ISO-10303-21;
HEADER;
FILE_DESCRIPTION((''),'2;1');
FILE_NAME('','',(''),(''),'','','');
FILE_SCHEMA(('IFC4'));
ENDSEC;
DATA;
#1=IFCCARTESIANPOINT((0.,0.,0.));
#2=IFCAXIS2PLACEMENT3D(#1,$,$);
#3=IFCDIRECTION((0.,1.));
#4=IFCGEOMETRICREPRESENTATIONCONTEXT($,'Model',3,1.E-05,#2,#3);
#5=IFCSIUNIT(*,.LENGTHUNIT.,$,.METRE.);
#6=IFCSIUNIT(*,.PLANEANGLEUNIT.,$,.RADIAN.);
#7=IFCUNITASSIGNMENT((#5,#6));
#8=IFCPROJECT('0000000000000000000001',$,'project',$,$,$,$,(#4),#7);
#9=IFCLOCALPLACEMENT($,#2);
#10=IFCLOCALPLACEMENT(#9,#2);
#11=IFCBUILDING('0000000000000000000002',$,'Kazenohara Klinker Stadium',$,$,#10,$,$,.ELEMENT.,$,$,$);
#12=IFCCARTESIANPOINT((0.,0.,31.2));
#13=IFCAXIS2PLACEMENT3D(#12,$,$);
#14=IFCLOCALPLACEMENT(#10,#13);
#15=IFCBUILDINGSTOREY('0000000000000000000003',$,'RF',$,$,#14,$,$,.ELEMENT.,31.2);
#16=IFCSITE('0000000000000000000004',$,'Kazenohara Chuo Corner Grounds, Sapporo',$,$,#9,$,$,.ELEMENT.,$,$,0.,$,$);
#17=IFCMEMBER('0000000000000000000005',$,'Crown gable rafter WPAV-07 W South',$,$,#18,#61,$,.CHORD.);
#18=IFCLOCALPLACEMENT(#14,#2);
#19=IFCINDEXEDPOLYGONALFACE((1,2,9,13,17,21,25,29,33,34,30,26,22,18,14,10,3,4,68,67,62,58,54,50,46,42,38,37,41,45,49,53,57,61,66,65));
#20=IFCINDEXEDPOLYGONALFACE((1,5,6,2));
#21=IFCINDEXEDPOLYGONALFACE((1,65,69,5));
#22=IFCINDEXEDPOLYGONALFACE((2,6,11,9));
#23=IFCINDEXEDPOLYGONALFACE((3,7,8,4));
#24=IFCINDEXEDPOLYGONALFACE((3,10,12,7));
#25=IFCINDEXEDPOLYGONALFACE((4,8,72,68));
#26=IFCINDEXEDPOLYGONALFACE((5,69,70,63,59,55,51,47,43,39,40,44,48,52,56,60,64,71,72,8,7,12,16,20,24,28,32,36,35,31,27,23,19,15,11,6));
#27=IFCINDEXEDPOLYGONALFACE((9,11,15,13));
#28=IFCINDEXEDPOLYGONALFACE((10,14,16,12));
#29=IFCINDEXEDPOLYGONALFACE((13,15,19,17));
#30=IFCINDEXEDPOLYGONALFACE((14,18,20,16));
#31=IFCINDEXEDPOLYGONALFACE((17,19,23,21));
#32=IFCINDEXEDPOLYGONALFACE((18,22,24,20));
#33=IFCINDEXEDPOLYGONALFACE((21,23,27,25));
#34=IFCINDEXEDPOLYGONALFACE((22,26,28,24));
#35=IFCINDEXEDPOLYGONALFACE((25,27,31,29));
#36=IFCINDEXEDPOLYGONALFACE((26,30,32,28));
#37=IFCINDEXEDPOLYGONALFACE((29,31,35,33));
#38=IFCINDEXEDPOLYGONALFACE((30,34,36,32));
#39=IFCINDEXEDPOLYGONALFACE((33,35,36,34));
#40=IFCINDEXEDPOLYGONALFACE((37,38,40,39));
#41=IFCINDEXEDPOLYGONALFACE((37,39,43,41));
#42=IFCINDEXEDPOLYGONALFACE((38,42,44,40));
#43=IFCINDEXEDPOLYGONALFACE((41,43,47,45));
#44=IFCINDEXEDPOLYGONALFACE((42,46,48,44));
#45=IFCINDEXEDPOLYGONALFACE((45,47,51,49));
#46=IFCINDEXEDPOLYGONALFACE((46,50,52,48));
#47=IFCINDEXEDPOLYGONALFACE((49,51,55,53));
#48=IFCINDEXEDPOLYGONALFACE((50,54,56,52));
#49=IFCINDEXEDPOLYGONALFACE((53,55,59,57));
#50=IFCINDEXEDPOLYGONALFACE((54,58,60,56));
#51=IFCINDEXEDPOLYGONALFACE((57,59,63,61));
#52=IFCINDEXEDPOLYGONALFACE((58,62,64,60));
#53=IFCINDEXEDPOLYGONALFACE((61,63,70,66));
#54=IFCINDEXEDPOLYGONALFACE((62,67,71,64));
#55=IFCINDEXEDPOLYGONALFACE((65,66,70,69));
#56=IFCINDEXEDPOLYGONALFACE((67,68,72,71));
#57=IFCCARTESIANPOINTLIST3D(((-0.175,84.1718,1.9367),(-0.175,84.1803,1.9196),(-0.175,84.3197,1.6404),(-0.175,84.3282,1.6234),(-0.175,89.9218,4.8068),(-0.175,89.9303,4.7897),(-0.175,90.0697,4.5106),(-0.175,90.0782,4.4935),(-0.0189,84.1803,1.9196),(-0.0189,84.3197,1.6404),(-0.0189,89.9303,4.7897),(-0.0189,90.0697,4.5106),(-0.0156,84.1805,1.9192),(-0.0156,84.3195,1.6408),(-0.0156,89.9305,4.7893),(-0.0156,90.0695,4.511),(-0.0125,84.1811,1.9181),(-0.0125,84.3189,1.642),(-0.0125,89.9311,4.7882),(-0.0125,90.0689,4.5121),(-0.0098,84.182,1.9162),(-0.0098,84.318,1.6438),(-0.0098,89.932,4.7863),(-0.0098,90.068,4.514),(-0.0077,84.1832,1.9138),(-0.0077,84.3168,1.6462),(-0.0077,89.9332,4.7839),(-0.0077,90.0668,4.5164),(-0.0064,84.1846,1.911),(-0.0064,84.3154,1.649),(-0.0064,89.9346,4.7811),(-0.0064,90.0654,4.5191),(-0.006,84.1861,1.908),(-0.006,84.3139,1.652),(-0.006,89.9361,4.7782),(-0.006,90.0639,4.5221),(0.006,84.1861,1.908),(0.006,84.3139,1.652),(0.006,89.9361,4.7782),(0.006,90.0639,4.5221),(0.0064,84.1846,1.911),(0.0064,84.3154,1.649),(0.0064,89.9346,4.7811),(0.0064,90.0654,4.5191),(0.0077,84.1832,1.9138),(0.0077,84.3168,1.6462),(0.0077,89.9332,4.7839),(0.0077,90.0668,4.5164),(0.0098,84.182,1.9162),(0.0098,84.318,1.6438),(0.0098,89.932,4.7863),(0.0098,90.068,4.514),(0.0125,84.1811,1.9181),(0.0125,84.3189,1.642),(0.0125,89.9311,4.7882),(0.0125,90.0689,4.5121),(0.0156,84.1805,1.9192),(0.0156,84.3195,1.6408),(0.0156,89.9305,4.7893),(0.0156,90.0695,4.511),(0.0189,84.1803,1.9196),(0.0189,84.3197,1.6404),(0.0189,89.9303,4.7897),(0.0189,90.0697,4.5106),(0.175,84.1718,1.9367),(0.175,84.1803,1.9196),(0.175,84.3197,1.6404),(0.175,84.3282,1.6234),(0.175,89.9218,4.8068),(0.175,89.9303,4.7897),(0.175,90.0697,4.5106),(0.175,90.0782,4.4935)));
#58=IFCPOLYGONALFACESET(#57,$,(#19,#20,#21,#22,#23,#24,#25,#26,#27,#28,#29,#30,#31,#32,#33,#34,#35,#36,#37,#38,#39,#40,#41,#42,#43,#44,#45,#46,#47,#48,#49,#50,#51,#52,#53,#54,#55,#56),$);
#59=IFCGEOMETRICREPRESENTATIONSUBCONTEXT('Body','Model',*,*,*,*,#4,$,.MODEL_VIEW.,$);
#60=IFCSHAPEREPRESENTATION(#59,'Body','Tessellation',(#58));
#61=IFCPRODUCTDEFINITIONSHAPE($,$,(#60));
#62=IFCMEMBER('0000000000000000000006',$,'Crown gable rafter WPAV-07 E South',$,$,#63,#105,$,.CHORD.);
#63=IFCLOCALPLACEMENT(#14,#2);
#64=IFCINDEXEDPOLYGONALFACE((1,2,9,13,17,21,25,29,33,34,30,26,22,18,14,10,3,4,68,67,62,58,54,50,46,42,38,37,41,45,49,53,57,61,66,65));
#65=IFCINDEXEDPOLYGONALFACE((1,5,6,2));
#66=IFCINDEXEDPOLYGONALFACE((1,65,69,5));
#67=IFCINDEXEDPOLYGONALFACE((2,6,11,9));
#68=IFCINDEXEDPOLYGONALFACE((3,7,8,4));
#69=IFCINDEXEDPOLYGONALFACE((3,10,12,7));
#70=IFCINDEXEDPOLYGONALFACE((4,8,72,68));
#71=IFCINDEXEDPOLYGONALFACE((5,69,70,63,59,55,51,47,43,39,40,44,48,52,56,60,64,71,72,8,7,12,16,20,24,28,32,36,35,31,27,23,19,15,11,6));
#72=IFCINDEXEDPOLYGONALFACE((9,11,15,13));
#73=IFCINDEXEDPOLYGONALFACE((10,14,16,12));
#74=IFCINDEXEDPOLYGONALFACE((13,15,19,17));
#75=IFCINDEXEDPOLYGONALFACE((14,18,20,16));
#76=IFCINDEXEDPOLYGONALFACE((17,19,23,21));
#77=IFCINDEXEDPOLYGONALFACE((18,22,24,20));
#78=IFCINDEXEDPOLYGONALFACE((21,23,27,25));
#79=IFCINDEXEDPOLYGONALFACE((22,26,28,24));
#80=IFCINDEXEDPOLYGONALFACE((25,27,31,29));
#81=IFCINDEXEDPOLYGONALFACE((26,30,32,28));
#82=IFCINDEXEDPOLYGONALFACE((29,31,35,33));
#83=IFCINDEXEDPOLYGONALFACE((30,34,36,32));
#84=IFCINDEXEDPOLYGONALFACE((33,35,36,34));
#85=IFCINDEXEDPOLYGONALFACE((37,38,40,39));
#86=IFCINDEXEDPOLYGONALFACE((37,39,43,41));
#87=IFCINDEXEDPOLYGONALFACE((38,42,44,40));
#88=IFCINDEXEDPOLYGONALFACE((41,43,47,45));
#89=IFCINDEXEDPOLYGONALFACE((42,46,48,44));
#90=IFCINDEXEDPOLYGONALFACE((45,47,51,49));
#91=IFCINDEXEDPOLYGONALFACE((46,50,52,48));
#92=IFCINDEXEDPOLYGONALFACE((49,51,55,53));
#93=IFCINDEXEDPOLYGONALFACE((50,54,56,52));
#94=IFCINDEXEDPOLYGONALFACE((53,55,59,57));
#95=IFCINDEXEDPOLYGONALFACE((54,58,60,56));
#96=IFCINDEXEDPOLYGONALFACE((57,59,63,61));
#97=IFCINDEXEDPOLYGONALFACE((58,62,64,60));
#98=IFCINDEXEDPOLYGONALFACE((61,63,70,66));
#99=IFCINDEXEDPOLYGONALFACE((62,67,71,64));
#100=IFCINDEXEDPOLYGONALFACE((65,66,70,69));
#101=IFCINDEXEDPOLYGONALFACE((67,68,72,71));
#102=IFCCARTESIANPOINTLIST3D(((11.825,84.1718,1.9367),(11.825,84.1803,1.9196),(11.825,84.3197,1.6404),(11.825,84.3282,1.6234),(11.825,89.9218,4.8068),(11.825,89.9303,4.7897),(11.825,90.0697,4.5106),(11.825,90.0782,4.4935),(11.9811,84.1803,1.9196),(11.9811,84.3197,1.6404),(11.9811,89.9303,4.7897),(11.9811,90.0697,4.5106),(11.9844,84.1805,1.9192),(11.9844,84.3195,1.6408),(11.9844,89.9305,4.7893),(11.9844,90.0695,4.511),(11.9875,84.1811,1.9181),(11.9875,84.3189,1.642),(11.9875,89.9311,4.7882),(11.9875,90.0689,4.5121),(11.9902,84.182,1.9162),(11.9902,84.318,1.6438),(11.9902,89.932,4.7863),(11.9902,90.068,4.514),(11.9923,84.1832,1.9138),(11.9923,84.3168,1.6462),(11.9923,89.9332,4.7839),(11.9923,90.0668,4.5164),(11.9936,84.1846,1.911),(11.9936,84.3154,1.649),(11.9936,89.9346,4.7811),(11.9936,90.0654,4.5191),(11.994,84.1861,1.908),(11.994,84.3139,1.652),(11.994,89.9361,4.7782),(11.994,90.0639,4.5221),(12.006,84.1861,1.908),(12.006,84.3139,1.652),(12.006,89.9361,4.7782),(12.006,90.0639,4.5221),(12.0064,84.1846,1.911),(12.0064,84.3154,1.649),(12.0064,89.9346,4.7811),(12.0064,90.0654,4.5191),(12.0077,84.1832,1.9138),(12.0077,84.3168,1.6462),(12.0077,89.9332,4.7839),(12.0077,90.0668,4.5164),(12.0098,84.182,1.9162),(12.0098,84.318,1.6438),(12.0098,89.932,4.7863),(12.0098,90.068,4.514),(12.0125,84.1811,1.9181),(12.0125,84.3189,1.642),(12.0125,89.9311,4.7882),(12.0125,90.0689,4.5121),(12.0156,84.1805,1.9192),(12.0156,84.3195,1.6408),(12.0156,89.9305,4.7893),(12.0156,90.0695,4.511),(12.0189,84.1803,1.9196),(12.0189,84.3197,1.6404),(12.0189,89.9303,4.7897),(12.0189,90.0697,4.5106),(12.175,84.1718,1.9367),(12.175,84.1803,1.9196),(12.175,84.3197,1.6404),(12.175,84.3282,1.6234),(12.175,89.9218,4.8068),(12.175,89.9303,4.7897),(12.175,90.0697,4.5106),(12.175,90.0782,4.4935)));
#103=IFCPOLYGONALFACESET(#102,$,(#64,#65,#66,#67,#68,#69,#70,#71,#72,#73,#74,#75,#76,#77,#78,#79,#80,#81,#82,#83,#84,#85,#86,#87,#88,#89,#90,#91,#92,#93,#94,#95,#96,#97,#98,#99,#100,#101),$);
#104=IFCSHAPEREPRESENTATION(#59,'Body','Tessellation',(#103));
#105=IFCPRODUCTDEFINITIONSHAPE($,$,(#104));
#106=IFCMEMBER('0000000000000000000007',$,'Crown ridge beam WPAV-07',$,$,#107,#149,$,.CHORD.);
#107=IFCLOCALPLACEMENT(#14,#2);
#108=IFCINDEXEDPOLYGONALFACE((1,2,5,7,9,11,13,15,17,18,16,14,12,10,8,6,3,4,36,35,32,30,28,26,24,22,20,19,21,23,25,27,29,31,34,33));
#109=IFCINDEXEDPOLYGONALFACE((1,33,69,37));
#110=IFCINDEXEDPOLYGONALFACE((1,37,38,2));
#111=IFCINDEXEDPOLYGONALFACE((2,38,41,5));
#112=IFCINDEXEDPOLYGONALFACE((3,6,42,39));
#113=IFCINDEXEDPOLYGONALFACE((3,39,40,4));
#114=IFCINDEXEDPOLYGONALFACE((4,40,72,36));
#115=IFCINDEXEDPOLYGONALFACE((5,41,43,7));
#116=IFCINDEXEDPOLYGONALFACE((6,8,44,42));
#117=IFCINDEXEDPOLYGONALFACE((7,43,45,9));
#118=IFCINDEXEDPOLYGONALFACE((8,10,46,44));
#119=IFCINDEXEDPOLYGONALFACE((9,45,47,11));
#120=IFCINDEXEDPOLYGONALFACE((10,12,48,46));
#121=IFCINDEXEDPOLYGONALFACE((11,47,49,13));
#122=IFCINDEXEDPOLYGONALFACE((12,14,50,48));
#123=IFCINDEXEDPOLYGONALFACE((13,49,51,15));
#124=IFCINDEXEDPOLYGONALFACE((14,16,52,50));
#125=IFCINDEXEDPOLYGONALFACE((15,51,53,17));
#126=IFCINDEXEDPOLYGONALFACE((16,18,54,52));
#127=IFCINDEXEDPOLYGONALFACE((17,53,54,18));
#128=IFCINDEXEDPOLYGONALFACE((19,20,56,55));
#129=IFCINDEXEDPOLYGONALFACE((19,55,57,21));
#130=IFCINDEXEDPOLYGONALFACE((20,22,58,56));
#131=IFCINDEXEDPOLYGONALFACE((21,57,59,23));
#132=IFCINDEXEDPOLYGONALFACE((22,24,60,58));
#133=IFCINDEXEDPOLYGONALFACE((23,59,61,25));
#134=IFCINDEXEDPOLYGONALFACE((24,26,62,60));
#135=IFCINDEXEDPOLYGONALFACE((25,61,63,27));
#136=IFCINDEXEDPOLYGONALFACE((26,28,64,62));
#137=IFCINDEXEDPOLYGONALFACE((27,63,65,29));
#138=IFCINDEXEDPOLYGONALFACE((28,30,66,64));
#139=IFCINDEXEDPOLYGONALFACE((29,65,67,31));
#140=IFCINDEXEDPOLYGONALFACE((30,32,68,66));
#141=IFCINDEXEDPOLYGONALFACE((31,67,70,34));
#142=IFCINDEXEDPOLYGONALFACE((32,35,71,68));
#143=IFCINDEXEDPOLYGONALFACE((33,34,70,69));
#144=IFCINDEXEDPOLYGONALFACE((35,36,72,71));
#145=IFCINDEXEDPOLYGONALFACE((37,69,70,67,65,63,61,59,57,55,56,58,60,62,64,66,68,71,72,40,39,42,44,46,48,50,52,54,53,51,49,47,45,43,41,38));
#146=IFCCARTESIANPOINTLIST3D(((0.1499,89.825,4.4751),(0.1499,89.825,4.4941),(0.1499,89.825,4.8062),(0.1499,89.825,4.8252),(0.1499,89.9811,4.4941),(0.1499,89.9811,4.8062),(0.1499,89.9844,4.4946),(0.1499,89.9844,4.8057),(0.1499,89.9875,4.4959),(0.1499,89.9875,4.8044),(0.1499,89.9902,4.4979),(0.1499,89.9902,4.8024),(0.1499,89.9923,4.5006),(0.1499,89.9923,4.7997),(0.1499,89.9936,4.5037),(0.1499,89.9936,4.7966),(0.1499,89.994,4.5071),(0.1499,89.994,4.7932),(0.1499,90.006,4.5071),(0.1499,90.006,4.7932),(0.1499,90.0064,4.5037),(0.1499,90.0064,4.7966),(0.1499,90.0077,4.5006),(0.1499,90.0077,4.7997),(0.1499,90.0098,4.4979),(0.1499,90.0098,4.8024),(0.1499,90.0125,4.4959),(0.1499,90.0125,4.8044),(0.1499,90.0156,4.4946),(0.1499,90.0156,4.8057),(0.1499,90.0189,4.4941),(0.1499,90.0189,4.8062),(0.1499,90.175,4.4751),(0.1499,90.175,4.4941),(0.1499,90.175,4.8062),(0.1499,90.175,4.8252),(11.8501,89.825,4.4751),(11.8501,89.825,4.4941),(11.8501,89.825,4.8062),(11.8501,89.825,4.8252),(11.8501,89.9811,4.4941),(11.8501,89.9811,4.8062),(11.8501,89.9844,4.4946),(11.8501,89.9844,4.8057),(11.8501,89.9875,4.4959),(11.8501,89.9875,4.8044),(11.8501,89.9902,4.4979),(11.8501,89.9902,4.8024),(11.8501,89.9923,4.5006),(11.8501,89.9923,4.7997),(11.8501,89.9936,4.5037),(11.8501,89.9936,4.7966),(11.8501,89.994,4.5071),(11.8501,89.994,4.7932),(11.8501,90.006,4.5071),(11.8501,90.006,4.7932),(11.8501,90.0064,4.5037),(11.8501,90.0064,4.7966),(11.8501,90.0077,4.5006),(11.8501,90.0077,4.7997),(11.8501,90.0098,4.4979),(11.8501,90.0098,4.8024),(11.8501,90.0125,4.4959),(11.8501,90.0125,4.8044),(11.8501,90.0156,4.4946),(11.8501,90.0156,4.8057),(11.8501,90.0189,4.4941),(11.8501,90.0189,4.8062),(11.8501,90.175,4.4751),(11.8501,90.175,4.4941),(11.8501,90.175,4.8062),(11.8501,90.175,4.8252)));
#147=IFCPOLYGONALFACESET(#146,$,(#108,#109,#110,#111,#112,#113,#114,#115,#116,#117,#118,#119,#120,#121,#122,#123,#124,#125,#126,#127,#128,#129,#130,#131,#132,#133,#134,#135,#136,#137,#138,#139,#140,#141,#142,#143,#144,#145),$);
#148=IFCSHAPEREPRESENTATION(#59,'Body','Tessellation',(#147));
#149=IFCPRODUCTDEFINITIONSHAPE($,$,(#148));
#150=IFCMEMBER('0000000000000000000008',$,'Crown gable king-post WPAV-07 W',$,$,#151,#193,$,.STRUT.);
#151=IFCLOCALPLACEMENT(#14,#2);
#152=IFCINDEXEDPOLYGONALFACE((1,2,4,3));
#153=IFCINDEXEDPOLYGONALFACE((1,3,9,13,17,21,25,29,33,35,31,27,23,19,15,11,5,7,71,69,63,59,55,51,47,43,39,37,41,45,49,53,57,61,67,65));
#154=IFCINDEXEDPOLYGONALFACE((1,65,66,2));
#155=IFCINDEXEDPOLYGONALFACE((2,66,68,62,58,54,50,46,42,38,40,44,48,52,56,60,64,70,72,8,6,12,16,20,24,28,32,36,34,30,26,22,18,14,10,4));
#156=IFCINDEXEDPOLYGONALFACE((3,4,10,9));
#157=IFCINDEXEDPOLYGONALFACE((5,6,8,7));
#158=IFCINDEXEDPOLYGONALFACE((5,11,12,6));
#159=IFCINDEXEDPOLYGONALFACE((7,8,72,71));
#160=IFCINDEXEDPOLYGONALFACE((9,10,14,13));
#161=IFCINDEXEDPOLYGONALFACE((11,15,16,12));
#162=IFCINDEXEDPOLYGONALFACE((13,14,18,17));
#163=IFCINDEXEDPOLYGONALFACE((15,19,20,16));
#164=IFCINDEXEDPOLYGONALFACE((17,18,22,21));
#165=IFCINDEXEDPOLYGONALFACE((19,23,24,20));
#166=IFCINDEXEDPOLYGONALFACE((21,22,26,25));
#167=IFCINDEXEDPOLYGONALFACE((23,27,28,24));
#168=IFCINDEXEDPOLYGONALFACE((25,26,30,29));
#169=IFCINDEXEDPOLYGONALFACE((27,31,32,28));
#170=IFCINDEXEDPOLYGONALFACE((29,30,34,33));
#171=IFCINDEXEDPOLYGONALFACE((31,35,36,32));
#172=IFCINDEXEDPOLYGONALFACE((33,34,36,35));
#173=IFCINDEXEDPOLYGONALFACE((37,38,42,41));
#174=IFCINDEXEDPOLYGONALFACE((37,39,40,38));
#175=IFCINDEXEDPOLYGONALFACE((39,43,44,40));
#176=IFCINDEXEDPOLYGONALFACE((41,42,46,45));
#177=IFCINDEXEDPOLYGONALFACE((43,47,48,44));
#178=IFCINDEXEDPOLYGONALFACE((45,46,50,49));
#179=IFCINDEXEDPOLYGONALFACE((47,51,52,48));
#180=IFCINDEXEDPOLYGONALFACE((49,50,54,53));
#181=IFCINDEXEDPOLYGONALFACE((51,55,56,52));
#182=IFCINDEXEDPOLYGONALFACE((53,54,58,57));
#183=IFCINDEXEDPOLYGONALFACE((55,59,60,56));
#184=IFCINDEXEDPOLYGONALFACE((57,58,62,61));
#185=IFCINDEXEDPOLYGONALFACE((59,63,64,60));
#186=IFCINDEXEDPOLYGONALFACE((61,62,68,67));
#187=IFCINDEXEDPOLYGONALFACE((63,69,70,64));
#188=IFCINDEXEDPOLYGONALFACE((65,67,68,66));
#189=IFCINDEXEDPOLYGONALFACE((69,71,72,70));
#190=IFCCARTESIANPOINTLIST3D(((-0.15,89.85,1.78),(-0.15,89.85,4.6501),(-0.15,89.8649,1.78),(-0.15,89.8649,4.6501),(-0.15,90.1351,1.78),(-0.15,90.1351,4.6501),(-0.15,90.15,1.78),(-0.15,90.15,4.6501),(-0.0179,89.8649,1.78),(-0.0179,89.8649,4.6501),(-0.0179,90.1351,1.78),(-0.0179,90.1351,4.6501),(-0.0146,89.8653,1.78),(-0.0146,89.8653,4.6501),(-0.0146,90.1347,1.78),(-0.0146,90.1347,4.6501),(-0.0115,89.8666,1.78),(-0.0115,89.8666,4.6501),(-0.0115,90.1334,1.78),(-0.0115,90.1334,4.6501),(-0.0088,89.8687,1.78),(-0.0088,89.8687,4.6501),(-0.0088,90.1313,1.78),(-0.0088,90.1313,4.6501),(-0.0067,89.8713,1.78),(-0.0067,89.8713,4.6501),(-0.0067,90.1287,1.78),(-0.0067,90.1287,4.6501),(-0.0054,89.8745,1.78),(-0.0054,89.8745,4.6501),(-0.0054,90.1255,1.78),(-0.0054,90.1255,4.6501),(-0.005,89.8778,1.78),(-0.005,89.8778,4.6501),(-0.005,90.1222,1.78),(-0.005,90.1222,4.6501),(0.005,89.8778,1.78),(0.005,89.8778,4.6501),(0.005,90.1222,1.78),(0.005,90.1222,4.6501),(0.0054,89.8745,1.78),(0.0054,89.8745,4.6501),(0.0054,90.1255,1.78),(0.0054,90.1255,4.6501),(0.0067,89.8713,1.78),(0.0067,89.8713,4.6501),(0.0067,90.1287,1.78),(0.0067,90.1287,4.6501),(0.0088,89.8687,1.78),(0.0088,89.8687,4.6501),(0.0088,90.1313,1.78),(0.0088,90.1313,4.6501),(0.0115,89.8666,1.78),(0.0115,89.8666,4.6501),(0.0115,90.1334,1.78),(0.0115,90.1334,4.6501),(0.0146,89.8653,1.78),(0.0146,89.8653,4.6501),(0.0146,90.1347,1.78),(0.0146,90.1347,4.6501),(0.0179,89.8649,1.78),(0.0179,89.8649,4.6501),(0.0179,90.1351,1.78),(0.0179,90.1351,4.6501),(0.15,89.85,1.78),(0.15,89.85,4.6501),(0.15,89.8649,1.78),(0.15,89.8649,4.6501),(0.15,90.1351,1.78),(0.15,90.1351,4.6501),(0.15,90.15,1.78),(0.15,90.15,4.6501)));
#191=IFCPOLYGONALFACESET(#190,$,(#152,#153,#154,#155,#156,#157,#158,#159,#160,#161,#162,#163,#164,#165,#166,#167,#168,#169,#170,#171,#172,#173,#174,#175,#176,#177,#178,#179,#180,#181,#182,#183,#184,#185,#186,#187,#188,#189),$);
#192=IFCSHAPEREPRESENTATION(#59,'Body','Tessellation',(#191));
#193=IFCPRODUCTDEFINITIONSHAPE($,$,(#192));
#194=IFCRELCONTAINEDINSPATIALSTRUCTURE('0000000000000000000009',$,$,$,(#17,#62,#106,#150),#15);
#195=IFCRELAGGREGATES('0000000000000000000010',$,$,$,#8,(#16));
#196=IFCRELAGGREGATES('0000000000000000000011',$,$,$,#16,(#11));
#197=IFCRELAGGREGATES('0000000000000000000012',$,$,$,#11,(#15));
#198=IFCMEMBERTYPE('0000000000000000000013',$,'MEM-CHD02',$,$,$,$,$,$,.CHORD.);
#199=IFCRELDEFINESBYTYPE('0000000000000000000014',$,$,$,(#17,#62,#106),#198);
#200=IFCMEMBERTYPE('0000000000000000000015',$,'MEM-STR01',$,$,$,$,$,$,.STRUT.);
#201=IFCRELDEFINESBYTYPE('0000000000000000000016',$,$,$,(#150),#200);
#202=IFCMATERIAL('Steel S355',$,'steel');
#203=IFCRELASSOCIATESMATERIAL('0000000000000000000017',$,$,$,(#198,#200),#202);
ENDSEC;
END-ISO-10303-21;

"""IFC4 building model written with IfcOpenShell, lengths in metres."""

from ifc_helpers import new_model, si_unit, direction, frame, origin, origin_2d, place, context, subcontext, project, spatial, i_section, extrude, material, material_profile, profile_set, type_object, element, save


model = new_model("IFC4")

# Units and contexts
model_context = context("Model", 3, precision=1e-05, world=origin(), true_north=direction((0.0, 1.0)))
body_context = subcontext(model_context, "Body", "Model", "MODEL_VIEW")
ifc_project = project(units=[si_unit("LENGTHUNIT", "METRE"), si_unit("PLANEANGLEUNIT", "RADIAN")], contexts=[model_context])

# Site, building, storey
site_placement = place(None, origin())
site = spatial("IfcSite", under=ifc_project, at=site_placement, Name="Kazenohara Chuo Corner Grounds, Sapporo", CompositionType="ELEMENT", RefElevation=0.0)
building_placement = place(site_placement, origin())
building = spatial("IfcBuilding", under=site, at=building_placement, Name="Kazenohara Klinker Stadium", CompositionType="ELEMENT")
storey_placement = place(building_placement, frame((0.0, 0.0, 31.2)))
storey = spatial("IfcBuildingStorey", under=building, at=storey_placement, Name="RF", CompositionType="ELEMENT", Elevation=31.2)

# Members
ifc_material_1 = material(Name="Steel S355", Category="steel")
ifc_material_profile_1 = material_profile(ifc_material_1, i_section(OverallWidth=0.3501, OverallDepth=0.3501, WebThickness=0.012, FlangeThickness=0.019, FilletRadius=0.0129, at=origin_2d()), Name="H-350x350x12x19")
ifc_profile_set_1 = profile_set([ifc_material_profile_1], Name="Steel S355")
member_type_1 = type_object("IfcMemberType", Name="MEM-CHD02", PredefinedType="CHORD", material=ifc_profile_set_1)
for number, where, z_axis, x_axis, name in (
    (1, (0.0, 84.25, 1.78), (0.0, 0.894731, 0.446606), (-1.0, 0.0, 0.0), "Crown gable rafter WPAV-07 W South"),
    (2, (12.0, 84.25, 1.78), (0.0, 0.894731, 0.446606), (-1.0, 0.0, 0.0), "Crown gable rafter WPAV-07 E South"),
):
    element("IfcMember", number, at=place(storey_placement, frame(where, z_axis=z_axis, x_axis=x_axis)), inside=storey, type_object=member_type_1, Name=name, PredefinedType="CHORD", context=body_context, shape_type="SweptSolid", body=[
        extrude(i_section(OverallWidth=0.3501, OverallDepth=0.3501, WebThickness=0.012, FlangeThickness=0.019, FilletRadius=0.0129, at=origin_2d()), origin(), (0.0, 0.0, 1.0), 6.4265),
    ])
member_placement = place(storey_placement, frame((0.1499, 90.0, 4.6501), z_axis=(1.0, 0.0, 0.0), x_axis=(0.0, 1.0, 0.0)))
element("IfcMember", 3, at=member_placement, inside=storey, type_object=member_type_1, Name="Crown ridge beam WPAV-07", PredefinedType="CHORD", context=body_context, shape_type="SweptSolid", body=[
    extrude(i_section(OverallWidth=0.3501, OverallDepth=0.3501, WebThickness=0.012, FlangeThickness=0.019, FilletRadius=0.0129, at=origin_2d()), origin(), (0.0, 0.0, 1.0), 11.7002),
])
ifc_material_profile_2 = material_profile(ifc_material_1, i_section(OverallWidth=0.3, OverallDepth=0.3, WebThickness=0.01, FlangeThickness=0.0149, FilletRadius=0.0129, at=origin_2d()), Name="H-300x300x10x15")
ifc_profile_set_2 = profile_set([ifc_material_profile_2], Name="Steel S355")
member_type_2 = type_object("IfcMemberType", Name="MEM-STR01", PredefinedType="STRUT", material=ifc_profile_set_2)
for number, where, z_axis, x_axis, name in (
    (4, (0.0, 90.0, 1.78), (0.0, 0.0, 1.0), (1.0, 0.0, 0.0), "Crown gable king-post WPAV-07 W"),
):
    element("IfcMember", number, at=place(storey_placement, frame(where, z_axis=z_axis, x_axis=x_axis)), inside=storey, type_object=member_type_2, Name=name, PredefinedType="STRUT", context=body_context, shape_type="SweptSolid", body=[
        extrude(i_section(OverallWidth=0.3, OverallDepth=0.3, WebThickness=0.01, FlangeThickness=0.0149, FilletRadius=0.0129, at=origin_2d()), origin(), (0.0, 0.0, 1.0), 2.8701),
    ])

save(model, "model.ifc")
